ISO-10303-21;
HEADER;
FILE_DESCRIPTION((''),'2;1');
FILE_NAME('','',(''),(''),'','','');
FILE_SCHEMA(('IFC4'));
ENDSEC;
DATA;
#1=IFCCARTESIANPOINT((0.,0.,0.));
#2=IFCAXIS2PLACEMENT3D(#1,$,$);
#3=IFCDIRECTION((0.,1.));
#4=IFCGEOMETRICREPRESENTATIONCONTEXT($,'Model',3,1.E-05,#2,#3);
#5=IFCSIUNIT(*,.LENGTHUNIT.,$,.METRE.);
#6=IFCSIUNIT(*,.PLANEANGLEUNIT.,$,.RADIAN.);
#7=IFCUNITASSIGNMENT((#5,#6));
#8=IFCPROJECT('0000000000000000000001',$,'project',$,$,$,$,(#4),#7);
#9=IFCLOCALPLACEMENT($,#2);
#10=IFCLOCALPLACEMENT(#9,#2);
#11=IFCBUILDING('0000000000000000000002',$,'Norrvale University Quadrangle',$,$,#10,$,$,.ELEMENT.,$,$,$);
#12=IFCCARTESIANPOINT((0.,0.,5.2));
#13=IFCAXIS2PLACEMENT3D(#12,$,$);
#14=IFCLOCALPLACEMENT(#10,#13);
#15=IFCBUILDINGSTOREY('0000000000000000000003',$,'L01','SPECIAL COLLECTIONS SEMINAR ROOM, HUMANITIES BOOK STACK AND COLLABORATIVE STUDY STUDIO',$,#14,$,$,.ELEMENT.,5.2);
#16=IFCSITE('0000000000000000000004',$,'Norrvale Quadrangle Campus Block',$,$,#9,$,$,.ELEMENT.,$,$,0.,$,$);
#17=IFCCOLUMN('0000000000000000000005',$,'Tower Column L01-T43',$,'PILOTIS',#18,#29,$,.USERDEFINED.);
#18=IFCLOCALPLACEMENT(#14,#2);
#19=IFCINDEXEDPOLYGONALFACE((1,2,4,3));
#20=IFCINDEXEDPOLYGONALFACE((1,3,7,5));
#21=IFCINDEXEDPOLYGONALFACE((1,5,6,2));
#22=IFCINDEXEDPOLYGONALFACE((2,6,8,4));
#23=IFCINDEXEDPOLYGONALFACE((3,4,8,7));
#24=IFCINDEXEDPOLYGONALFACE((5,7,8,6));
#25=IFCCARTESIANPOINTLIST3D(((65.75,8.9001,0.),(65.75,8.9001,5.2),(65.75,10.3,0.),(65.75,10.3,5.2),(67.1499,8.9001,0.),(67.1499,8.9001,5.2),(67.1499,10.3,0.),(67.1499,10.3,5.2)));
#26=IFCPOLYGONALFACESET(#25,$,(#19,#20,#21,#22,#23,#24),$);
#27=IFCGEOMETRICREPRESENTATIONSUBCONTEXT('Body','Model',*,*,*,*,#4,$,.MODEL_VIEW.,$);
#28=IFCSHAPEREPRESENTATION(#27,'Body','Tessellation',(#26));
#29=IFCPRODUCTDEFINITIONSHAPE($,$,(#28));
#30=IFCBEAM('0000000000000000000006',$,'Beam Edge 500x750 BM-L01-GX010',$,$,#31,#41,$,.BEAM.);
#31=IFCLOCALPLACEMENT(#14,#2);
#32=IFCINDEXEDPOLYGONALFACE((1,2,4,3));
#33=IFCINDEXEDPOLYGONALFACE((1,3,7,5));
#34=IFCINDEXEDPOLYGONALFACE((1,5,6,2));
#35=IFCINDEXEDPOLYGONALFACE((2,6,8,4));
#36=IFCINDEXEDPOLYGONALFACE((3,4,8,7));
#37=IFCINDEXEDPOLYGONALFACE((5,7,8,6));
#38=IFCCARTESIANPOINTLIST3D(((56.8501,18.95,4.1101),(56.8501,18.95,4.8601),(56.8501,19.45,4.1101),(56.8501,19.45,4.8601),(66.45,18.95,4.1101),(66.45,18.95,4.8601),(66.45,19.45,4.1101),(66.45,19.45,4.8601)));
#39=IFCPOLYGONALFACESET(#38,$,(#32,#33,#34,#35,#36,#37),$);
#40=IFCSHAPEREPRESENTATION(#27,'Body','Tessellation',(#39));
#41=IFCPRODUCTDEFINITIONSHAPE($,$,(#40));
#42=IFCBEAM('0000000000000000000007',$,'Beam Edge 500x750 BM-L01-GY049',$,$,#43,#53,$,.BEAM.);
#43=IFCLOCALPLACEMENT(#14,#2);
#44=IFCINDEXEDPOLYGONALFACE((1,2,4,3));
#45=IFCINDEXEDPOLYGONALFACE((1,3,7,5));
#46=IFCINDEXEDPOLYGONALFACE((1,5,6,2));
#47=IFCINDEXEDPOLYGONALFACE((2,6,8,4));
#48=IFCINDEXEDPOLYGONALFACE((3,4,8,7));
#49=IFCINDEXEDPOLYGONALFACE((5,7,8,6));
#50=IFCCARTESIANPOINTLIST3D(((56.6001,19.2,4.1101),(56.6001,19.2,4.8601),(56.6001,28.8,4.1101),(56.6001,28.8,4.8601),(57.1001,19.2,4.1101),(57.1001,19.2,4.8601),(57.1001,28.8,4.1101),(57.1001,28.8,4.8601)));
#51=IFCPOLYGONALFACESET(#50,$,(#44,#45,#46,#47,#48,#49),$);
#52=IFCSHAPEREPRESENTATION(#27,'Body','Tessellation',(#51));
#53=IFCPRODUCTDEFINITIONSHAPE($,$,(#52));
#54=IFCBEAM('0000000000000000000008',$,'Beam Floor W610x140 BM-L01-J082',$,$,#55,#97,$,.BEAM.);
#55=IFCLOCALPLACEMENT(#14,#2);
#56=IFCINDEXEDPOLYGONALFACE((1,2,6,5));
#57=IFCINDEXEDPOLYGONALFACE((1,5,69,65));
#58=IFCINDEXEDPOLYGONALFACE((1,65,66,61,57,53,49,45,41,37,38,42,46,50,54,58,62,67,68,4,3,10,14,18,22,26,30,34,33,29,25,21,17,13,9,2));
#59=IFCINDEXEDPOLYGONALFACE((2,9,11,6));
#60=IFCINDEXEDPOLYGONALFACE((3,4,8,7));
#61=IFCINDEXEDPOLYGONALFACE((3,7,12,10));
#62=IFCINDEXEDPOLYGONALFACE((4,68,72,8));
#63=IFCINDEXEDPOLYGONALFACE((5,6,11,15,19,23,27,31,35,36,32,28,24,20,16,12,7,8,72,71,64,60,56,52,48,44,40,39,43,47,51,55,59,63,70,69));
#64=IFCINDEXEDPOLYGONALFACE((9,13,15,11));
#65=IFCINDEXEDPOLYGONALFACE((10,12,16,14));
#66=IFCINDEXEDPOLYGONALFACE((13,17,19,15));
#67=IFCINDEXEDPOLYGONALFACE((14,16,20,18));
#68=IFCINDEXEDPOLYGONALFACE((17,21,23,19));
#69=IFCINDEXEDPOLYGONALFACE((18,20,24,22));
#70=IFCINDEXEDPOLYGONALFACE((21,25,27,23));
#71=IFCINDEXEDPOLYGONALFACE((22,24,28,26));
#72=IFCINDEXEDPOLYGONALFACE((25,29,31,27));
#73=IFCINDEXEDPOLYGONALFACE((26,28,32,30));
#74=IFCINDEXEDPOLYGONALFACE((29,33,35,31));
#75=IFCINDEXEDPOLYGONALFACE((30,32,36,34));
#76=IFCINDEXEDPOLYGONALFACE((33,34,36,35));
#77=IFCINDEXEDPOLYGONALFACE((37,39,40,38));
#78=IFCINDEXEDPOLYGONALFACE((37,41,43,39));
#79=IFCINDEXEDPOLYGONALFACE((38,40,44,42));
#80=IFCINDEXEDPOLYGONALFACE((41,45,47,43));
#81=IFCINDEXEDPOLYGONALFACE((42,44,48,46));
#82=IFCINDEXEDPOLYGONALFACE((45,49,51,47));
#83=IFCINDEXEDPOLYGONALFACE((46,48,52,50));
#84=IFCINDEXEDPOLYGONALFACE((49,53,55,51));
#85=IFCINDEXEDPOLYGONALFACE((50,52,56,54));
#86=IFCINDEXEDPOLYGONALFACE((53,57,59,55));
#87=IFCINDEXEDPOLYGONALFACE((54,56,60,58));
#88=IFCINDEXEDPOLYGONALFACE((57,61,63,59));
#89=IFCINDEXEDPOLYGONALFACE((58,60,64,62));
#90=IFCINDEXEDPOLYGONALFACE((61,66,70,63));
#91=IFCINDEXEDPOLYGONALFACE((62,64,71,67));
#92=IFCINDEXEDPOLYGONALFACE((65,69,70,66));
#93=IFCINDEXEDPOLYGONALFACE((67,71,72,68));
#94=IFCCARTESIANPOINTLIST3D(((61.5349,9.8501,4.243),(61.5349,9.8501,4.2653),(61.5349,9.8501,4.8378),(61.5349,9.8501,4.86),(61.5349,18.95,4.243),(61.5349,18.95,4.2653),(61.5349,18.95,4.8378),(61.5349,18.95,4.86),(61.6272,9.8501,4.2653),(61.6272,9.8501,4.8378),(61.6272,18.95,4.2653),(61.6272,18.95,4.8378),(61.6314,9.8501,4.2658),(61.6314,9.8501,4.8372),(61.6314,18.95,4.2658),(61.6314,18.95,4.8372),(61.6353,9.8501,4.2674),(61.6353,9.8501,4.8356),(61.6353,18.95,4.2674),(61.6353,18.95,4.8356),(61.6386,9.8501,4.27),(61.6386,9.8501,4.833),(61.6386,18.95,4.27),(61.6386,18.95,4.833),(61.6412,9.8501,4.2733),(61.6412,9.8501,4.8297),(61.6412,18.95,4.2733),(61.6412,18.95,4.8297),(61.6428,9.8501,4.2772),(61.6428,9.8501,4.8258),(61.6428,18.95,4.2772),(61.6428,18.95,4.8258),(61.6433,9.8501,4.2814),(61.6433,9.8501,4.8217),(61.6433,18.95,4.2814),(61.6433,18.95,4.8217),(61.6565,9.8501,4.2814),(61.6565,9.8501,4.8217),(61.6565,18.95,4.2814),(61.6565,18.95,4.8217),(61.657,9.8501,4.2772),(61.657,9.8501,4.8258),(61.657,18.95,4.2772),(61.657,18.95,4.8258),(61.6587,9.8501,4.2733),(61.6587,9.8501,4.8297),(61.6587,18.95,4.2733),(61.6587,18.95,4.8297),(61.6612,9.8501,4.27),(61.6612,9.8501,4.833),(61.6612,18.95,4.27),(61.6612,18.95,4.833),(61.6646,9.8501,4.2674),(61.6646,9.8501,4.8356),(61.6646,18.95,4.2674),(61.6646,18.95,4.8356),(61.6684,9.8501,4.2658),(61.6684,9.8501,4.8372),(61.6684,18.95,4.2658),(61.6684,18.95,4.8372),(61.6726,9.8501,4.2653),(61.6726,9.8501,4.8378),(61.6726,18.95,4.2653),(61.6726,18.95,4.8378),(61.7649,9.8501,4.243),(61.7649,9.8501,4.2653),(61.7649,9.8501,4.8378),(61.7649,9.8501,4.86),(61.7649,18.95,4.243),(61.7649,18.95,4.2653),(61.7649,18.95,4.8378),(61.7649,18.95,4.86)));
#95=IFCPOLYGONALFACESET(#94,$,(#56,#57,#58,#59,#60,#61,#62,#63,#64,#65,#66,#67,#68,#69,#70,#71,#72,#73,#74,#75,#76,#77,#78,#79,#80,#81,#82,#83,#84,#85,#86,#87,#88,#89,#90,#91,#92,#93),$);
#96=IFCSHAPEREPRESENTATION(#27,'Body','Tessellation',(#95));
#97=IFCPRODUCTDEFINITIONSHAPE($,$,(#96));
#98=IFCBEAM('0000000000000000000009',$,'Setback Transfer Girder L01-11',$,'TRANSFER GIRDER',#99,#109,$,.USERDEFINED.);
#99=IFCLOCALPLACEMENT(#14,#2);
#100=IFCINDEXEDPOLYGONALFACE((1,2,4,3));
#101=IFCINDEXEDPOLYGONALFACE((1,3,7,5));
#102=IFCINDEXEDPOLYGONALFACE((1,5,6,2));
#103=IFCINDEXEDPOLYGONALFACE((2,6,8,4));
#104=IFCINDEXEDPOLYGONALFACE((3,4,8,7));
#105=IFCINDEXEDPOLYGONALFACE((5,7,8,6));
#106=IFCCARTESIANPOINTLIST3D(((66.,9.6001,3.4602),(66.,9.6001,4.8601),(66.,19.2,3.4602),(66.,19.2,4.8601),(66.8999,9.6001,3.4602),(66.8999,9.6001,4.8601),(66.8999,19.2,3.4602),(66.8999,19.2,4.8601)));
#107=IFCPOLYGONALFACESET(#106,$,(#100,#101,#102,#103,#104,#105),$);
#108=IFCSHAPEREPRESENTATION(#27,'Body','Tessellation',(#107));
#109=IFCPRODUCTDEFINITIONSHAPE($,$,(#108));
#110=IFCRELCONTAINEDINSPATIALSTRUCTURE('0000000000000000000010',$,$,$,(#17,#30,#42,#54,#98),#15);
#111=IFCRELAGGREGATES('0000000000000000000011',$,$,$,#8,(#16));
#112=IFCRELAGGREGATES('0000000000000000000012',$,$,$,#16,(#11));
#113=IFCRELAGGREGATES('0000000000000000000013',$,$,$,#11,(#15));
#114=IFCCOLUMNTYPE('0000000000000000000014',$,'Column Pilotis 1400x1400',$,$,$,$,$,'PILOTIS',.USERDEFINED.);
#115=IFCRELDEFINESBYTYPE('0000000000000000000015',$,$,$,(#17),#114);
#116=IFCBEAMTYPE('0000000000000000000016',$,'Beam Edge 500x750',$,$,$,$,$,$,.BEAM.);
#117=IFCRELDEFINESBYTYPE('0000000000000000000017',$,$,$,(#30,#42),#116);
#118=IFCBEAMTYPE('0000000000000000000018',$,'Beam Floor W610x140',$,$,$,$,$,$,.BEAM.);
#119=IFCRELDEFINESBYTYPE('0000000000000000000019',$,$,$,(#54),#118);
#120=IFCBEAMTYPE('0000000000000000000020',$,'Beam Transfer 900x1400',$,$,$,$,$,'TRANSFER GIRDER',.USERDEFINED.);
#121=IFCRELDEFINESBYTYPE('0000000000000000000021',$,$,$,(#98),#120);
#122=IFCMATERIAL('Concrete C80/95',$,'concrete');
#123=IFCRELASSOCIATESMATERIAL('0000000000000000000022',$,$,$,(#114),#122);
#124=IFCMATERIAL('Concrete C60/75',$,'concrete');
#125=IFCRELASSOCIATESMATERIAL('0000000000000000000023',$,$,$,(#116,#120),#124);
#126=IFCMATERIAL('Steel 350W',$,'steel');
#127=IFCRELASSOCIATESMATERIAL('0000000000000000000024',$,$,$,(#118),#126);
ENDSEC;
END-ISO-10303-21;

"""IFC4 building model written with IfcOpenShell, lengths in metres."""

from ifc_helpers import new_model, si_unit, direction, frame, origin, origin_2d, place, context, subcontext, project, spatial, rectangle, i_section, extrude, material, material_profile, profile_set, type_object, element, save


model = new_model("IFC4")

# Units and contexts
model_context = context("Model", 3, precision=1e-05, world=origin(), true_north=direction((0.0, 1.0)))
body_context = subcontext(model_context, "Body", "Model", "MODEL_VIEW")
ifc_project = project(units=[si_unit("LENGTHUNIT", "METRE"), si_unit("PLANEANGLEUNIT", "RADIAN")], contexts=[model_context])

# Site, building, storey
site_placement = place(None, origin())
site = spatial("IfcSite", under=ifc_project, at=site_placement, Name="Norrvale Quadrangle Campus Block", CompositionType="ELEMENT", RefElevation=0.0)
building_placement = place(site_placement, origin())
building = spatial("IfcBuilding", under=site, at=building_placement, Name="Norrvale University Quadrangle", CompositionType="ELEMENT")
storey_placement = place(building_placement, frame((0.0, 0.0, 5.2)))
storey = spatial("IfcBuildingStorey", under=building, at=storey_placement, Name="L01", Description="SPECIAL COLLECTIONS SEMINAR ROOM, HUMANITIES BOOK STACK AND COLLABORATIVE STUDY STUDIO", CompositionType="ELEMENT", Elevation=5.2)

# Column
ifc_material_1 = material(Name="Concrete C80/95", Category="concrete")
ifc_material_profile_1 = material_profile(ifc_material_1, rectangle(XDim=1.3999, YDim=1.3999, at=origin_2d()), Name="Concrete C80/95")
ifc_profile_set_1 = profile_set([ifc_material_profile_1], Name="Concrete C80/95")
column_type = type_object("IfcColumnType", Name="Column Pilotis 1400x1400", ElementType="PILOTIS", PredefinedType="USERDEFINED", material=ifc_profile_set_1)
column_placement = place(storey_placement, frame((66.45, 9.6001, 0.0), z_axis=(0.0, 0.0, 1.0), x_axis=(1.0, 0.0, 0.0)))
element("IfcColumn", 1, at=column_placement, inside=storey, type_object=column_type, Name="Tower Column L01-T43", ObjectType="PILOTIS", PredefinedType="USERDEFINED", context=body_context, shape_type="SweptSolid", body=[
    extrude(rectangle(XDim=1.3999, YDim=1.3999, at=origin_2d()), origin(), (0.0, 0.0, 1.0), 5.2),
])

# Beams
ifc_material_2 = material(Name="Concrete C60/75", Category="concrete")
ifc_material_profile_2 = material_profile(ifc_material_2, rectangle(XDim=0.5, YDim=0.75, at=origin_2d()), Name="Concrete C60/75")
ifc_profile_set_2 = profile_set([ifc_material_profile_2], Name="Concrete C60/75")
beam_type_1 = type_object("IfcBeamType", Name="Beam Edge 500x750", PredefinedType="BEAM", material=ifc_profile_set_2)
beam_1_placement = place(storey_placement, frame((56.8501, 19.2, 4.4851), z_axis=(1.0, 0.0, 0.0), x_axis=(0.0, 1.0, 0.0)))
element("IfcBeam", 2, at=beam_1_placement, inside=storey, type_object=beam_type_1, Name="Beam Edge 500x750 BM-L01-GX010", PredefinedType="BEAM", context=body_context, shape_type="SweptSolid", body=[
    extrude(rectangle(XDim=0.5, YDim=0.75, at=origin_2d()), origin(), (0.0, 0.0, 1.0), 9.5999),
])
beam_2_placement = place(storey_placement, frame((56.8501, 19.2, 4.4851), z_axis=(0.0, 1.0, 0.0), x_axis=(-1.0, 0.0, 0.0)))
element("IfcBeam", 3, at=beam_2_placement, inside=storey, type_object=beam_type_1, Name="Beam Edge 500x750 BM-L01-GY049", PredefinedType="BEAM", context=body_context, shape_type="SweptSolid", body=[
    extrude(rectangle(XDim=0.5, YDim=0.75, at=origin_2d()), origin(), (0.0, 0.0, 1.0), 9.6001),
])
ifc_material_3 = material(Name="Steel 350W", Category="steel")
ifc_material_profile_3 = material_profile(ifc_material_3, i_section(OverallWidth=0.23, OverallDepth=0.6169, WebThickness=0.0132, FlangeThickness=0.0222, FilletRadius=0.0161, at=origin_2d()), Name="Steel 350W")
ifc_profile_set_3 = profile_set([ifc_material_profile_3], Name="Steel 350W")
beam_type_2 = type_object("IfcBeamType", Name="Beam Floor W610x140", PredefinedType="BEAM", material=ifc_profile_set_3)
beam_3_placement = place(storey_placement, frame((61.6499, 9.8501, 4.5515), z_axis=(0.0, 1.0, 0.0), x_axis=(-1.0, 0.0, 0.0)))
element("IfcBeam", 4, at=beam_3_placement, inside=storey, type_object=beam_type_2, Name="Beam Floor W610x140 BM-L01-J082", PredefinedType="BEAM", context=body_context, shape_type="SweptSolid", body=[
    extrude(i_section(OverallWidth=0.23, OverallDepth=0.6169, WebThickness=0.0132, FlangeThickness=0.0222, FilletRadius=0.0161, at=origin_2d()), origin(), (0.0, 0.0, 1.0), 9.0999),
])
ifc_material_profile_4 = material_profile(ifc_material_2, rectangle(XDim=0.8999, YDim=1.3999, at=origin_2d()), Name="Concrete C60/75")
ifc_profile_set_4 = profile_set([ifc_material_profile_4], Name="Concrete C60/75")
beam_type_3 = type_object("IfcBeamType", Name="Beam Transfer 900x1400", ElementType="TRANSFER GIRDER", PredefinedType="USERDEFINED", material=ifc_profile_set_4)
beam_4_placement = place(storey_placement, frame((66.45, 9.6001, 4.1602), z_axis=(0.0, 1.0, 0.0), x_axis=(-1.0, 0.0, 0.0)))
element("IfcBeam", 5, at=beam_4_placement, inside=storey, type_object=beam_type_3, Name="Setback Transfer Girder L01-11", ObjectType="TRANSFER GIRDER", PredefinedType="USERDEFINED", context=body_context, shape_type="SweptSolid", body=[
    extrude(rectangle(XDim=0.8999, YDim=1.3999, at=origin_2d()), origin(), (0.0, 0.0, 1.0), 9.5999),
])

save(model, "model.ifc")
